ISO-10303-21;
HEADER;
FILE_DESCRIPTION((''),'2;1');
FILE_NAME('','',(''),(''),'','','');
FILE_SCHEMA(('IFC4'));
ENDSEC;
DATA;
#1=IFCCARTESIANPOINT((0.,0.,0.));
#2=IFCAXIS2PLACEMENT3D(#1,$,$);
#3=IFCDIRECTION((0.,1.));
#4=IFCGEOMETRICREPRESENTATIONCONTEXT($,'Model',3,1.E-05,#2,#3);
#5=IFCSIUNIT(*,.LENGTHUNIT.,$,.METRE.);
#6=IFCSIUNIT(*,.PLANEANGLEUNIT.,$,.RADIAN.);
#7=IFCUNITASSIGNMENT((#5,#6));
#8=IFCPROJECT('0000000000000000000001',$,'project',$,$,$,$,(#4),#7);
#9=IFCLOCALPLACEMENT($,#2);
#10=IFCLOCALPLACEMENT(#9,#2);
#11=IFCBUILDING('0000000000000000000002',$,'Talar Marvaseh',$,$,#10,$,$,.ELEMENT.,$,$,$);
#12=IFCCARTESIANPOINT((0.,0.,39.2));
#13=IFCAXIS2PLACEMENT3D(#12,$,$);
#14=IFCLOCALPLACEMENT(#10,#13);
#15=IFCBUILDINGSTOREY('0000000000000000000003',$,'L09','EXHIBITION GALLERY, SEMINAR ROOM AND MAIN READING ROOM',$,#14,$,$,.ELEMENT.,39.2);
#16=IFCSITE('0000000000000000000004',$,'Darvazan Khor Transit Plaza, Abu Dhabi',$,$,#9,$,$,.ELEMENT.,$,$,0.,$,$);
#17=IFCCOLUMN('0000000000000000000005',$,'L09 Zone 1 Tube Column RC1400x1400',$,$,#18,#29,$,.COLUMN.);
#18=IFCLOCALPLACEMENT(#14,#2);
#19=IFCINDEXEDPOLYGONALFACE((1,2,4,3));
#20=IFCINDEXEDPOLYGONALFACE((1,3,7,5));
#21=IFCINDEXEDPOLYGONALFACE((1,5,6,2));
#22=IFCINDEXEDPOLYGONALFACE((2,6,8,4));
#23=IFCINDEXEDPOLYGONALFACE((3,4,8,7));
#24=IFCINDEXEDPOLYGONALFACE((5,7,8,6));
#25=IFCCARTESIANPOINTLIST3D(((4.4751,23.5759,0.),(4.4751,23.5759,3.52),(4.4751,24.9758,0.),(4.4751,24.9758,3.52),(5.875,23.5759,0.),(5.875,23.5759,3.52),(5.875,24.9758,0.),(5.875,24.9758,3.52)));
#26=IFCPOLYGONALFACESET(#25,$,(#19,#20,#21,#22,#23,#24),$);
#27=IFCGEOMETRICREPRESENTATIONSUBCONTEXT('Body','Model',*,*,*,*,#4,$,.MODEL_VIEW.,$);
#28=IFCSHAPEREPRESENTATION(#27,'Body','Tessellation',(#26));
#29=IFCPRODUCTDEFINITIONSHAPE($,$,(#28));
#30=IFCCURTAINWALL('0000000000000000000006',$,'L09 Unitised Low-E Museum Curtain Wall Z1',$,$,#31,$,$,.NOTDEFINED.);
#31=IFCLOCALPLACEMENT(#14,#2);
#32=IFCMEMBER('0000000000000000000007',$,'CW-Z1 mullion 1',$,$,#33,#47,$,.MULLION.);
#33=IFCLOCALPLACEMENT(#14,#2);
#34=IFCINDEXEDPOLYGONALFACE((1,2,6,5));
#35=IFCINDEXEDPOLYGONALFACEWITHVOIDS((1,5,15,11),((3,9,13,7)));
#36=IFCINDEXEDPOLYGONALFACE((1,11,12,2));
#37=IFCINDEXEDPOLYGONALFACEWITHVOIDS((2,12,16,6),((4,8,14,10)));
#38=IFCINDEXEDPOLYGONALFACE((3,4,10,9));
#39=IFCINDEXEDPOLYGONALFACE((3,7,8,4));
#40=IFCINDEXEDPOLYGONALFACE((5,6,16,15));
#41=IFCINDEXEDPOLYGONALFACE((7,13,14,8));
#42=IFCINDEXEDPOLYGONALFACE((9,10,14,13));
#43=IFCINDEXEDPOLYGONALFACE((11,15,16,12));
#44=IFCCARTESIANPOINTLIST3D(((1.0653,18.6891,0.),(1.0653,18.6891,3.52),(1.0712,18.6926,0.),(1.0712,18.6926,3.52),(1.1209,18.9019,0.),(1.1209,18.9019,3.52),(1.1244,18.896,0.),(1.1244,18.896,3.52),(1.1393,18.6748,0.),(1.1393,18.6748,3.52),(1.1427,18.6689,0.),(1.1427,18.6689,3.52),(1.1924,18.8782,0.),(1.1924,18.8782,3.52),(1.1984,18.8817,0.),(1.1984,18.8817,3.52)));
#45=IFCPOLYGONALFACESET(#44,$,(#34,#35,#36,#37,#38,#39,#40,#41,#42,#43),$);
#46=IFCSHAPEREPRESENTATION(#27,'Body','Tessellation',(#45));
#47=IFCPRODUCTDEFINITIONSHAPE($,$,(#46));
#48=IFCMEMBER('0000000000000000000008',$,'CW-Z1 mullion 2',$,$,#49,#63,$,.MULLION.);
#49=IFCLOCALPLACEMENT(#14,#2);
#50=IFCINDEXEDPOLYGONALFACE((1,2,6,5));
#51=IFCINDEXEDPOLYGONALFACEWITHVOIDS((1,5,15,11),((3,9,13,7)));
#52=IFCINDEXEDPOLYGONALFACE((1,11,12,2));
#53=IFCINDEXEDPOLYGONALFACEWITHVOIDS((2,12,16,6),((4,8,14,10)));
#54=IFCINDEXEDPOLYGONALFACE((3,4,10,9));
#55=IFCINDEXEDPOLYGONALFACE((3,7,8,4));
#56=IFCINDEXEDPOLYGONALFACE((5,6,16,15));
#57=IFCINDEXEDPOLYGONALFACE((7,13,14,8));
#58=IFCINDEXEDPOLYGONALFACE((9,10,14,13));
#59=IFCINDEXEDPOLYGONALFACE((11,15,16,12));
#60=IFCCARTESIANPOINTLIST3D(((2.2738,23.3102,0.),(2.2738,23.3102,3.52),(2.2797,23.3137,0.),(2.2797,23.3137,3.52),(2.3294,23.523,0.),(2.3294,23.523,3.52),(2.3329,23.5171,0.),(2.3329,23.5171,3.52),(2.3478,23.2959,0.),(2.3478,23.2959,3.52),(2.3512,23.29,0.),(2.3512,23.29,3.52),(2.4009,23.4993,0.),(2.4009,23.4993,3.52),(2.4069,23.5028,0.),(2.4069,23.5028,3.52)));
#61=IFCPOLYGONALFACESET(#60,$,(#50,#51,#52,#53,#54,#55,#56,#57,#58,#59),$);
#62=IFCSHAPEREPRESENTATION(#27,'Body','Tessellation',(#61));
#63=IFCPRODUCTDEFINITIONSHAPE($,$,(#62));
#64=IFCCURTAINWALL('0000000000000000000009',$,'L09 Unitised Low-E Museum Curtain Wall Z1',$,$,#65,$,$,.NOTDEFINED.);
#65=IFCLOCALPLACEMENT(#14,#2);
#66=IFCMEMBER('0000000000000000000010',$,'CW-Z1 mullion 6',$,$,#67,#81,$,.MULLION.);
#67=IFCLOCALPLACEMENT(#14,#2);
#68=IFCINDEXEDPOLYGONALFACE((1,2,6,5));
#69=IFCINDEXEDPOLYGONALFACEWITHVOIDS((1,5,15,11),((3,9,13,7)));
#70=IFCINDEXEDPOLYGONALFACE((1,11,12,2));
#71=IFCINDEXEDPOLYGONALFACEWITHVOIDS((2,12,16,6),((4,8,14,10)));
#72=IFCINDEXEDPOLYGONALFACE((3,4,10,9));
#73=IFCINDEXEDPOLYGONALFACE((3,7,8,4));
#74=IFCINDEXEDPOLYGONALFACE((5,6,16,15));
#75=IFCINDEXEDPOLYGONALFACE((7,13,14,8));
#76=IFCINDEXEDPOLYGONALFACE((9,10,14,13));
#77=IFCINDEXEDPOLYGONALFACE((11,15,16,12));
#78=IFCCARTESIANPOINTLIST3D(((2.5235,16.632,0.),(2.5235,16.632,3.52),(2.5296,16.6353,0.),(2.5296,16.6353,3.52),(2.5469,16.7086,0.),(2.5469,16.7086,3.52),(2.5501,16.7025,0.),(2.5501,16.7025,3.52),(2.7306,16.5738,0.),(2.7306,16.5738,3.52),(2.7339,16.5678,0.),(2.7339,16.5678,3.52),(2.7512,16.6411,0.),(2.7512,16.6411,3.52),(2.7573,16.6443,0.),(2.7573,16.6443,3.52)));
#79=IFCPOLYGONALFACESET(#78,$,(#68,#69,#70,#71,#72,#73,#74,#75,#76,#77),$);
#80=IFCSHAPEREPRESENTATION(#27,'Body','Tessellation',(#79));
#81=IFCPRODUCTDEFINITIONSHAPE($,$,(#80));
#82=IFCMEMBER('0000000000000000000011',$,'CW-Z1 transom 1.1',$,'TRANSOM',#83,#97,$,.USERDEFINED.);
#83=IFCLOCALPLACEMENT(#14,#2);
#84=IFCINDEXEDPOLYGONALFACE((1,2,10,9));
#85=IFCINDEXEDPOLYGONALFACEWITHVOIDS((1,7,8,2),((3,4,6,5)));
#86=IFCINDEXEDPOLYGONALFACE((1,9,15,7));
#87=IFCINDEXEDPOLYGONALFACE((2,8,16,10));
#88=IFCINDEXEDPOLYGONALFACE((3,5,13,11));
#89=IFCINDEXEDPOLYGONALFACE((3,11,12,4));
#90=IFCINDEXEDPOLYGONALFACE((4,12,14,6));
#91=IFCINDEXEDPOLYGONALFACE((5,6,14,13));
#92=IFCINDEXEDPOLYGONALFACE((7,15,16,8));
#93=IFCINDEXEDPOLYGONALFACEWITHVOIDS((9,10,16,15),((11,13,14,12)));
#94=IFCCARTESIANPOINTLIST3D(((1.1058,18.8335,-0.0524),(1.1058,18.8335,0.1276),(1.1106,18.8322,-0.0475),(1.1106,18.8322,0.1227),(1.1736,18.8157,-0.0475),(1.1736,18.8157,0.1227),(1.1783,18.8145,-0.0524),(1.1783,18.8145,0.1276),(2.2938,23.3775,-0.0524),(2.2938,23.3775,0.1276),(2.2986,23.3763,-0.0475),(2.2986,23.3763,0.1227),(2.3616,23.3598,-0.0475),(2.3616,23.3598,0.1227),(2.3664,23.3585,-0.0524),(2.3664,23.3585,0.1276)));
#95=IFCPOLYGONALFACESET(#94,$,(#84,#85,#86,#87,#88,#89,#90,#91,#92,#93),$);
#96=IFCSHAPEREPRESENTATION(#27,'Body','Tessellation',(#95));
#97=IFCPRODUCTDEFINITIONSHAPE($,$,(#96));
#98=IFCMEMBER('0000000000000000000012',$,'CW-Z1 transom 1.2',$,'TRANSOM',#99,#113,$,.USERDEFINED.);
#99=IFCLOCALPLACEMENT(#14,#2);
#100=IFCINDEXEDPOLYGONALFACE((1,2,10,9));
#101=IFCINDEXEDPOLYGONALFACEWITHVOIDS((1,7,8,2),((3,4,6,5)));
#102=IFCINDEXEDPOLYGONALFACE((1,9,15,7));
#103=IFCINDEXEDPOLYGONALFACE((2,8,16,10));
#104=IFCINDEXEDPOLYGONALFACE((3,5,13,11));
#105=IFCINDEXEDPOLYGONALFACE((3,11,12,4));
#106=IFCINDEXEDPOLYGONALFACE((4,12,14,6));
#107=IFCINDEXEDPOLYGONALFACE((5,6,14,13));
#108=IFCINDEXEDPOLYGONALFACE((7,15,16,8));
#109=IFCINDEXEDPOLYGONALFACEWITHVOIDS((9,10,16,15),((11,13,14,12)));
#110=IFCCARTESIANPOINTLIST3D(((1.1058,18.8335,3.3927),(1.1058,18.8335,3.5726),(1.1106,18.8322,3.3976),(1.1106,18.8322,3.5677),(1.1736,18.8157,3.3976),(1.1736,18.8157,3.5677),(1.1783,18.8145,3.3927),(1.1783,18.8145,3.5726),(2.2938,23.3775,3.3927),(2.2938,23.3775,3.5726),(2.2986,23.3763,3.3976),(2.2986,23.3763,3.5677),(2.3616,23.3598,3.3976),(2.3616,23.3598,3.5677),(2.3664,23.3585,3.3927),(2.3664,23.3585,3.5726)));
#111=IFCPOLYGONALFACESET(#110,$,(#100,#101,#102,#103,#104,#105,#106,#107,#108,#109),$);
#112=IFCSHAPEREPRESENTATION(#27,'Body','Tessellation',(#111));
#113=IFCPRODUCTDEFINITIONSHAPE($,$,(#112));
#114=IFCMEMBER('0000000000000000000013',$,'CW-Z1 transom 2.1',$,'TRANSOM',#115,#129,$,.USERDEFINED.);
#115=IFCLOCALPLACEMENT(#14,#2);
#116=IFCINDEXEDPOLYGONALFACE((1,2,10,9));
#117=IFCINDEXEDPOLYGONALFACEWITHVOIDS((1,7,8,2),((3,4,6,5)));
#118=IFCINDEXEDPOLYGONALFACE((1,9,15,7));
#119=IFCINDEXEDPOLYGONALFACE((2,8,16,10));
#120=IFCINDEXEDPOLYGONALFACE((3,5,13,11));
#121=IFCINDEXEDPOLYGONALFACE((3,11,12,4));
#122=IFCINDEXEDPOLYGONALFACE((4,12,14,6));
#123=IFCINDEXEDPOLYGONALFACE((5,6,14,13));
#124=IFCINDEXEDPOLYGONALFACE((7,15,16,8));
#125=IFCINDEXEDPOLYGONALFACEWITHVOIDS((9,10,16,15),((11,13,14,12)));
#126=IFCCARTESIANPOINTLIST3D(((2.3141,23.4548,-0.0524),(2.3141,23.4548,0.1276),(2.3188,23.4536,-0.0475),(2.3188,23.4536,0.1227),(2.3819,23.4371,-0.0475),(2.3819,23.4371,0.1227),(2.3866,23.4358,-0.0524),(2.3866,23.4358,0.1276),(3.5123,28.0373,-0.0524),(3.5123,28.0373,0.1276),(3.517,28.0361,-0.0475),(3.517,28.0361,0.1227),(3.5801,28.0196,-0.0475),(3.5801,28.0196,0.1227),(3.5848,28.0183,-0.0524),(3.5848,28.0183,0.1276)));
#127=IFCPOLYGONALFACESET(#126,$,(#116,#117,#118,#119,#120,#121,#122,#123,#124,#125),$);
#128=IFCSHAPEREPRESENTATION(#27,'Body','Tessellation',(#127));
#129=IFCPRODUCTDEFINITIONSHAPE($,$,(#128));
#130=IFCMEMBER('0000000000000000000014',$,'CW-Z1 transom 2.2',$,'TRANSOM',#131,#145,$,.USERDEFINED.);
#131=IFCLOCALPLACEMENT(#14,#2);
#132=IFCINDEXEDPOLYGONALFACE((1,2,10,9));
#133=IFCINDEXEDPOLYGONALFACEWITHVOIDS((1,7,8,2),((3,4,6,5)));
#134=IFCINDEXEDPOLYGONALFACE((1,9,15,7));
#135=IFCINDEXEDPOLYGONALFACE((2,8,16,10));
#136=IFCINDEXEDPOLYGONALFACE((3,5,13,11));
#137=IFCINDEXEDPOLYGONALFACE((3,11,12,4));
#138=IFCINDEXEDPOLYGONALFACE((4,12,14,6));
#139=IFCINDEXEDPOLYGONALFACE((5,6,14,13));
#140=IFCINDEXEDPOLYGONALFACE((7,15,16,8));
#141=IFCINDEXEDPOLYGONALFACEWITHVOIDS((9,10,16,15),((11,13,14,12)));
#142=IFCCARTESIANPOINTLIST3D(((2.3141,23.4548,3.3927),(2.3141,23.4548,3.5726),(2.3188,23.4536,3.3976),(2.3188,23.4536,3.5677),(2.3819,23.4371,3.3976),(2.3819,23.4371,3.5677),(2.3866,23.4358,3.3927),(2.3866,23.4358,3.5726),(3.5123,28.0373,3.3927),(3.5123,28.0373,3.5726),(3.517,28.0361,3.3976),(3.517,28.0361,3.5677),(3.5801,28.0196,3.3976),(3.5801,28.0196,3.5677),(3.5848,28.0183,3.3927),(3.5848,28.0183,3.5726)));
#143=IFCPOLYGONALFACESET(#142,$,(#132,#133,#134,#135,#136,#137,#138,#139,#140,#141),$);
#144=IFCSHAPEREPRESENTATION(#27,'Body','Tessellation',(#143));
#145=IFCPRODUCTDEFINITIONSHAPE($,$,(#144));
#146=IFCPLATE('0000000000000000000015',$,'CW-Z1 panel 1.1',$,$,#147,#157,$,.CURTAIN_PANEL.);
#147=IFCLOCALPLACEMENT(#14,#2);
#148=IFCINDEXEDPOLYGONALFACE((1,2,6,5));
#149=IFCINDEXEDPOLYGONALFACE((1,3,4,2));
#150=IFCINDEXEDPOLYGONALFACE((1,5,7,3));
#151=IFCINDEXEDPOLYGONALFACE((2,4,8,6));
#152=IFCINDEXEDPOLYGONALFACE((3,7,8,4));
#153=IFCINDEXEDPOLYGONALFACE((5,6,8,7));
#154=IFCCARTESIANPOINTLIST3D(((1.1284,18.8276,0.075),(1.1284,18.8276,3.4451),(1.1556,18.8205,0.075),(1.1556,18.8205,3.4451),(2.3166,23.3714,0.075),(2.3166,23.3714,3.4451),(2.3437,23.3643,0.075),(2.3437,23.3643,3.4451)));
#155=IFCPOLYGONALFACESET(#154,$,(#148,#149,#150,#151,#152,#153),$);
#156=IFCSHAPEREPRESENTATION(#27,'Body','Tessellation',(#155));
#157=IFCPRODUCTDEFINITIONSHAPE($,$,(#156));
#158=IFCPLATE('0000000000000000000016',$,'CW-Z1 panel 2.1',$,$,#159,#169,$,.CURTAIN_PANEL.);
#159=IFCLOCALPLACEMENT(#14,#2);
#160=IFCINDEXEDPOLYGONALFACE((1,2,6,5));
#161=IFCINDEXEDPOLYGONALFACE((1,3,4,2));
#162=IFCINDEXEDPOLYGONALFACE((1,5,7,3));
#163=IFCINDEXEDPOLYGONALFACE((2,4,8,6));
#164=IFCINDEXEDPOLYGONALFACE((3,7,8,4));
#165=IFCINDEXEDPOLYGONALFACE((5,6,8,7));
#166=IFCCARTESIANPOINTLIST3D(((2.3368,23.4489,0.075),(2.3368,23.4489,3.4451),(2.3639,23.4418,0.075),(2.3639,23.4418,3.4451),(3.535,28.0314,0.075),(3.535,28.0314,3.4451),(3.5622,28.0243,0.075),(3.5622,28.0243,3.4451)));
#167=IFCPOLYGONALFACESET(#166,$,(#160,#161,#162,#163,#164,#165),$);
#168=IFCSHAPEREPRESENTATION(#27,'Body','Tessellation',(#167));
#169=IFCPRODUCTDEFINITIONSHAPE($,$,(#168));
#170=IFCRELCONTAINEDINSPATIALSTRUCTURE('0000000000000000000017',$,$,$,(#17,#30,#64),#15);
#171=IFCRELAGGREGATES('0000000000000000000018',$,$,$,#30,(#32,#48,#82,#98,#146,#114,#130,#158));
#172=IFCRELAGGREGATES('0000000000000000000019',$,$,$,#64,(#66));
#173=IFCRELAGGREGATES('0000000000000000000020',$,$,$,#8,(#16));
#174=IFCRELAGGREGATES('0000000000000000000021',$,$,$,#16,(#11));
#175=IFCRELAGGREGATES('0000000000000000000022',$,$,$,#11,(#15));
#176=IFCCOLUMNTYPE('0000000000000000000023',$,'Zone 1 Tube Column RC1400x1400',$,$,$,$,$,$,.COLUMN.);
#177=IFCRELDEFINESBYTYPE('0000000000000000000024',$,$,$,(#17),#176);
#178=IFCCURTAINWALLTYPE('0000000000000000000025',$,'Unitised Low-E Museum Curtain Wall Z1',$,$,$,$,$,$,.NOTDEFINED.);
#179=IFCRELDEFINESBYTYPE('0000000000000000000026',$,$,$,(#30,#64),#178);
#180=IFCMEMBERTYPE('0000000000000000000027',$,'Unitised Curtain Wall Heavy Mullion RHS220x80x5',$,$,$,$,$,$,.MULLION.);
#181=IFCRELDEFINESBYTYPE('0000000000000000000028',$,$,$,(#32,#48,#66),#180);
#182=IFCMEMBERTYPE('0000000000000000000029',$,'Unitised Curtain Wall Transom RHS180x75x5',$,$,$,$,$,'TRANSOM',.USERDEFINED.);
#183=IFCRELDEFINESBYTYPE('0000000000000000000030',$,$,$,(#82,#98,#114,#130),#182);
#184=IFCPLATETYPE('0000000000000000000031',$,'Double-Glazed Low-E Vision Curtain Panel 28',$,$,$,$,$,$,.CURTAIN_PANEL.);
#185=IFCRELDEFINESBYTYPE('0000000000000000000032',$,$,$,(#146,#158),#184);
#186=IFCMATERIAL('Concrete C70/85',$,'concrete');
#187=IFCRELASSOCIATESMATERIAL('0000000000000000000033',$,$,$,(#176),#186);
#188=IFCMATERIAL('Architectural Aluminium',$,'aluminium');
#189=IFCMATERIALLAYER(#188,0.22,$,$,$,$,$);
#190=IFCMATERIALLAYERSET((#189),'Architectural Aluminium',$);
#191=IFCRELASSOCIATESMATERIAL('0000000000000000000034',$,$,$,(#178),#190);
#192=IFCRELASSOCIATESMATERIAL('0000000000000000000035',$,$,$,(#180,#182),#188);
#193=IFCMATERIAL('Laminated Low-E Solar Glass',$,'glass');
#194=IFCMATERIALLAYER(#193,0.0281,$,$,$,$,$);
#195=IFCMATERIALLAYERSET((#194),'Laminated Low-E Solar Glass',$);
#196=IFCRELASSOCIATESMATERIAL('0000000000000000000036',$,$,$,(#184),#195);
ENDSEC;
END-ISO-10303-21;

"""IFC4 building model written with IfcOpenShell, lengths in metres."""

from ifc_helpers import new_model, si_unit, direction, frame, origin, origin_2d, place, context, subcontext, project, spatial, rectangle, hollow_rectangle, extrude, source, transform, mapped, material, layer, layer_set, material_profile, profile_set, type_object, type_shapes, element, aggregate, save


model = new_model("IFC4")

# Units and contexts
model_context = context("Model", 3, precision=1e-05, world=origin(), true_north=direction((0.0, 1.0)))
body_context = subcontext(model_context, "Body", "Model", "MODEL_VIEW")
ifc_project = project(units=[si_unit("LENGTHUNIT", "METRE"), si_unit("PLANEANGLEUNIT", "RADIAN")], contexts=[model_context])

# Site, building, storey
site_placement = place(None, origin())
site = spatial("IfcSite", under=ifc_project, at=site_placement, Name="Darvazan Khor Transit Plaza, Abu Dhabi", CompositionType="ELEMENT", RefElevation=0.0)
building_placement = place(site_placement, origin())
building = spatial("IfcBuilding", under=site, at=building_placement, Name="Talar Marvaseh", CompositionType="ELEMENT")
storey_placement = place(building_placement, frame((0.0, 0.0, 39.2)))
storey = spatial("IfcBuildingStorey", under=building, at=storey_placement, Name="L09", Description="EXHIBITION GALLERY, SEMINAR ROOM AND MAIN READING ROOM", CompositionType="ELEMENT", Elevation=39.2)

# Column
ifc_material_1 = material(Name="Concrete C70/85", Category="concrete")
ifc_material_profile_1 = material_profile(ifc_material_1, rectangle(XDim=1.3999, YDim=1.3999, at=origin_2d()), Name="RC1400x1400")
ifc_profile_set_1 = profile_set([ifc_material_profile_1], Name="Concrete C70/85")
column_type = type_object("IfcColumnType", Name="Zone 1 Tube Column RC1400x1400", PredefinedType="COLUMN", material=ifc_profile_set_1)
column_placement = place(storey_placement, frame((5.175, 24.2759, 0.0), z_axis=(0.0, 0.0, 1.0), x_axis=(1.0, 0.0, 0.0)))
element("IfcColumn", 1, at=column_placement, inside=storey, type_object=column_type, Name="L09 Zone 1 Tube Column RC1400x1400", PredefinedType="COLUMN", context=body_context, shape_type="SweptSolid", body=[
    extrude(rectangle(XDim=1.3999, YDim=1.3999, at=origin_2d()), origin(), (0.0, 0.0, 1.0), 3.52),
])

# Curtain wall, members
ifc_material_2 = material(Name="Architectural Aluminium", Category="aluminium")
ifc_layer_1 = layer(ifc_material_2, 0.22)
ifc_layer_set_1 = layer_set([ifc_layer_1], Name="Architectural Aluminium")
curtain_wall_type = type_object("IfcCurtainWallType", Name="Unitised Low-E Museum Curtain Wall Z1", PredefinedType="NOTDEFINED", material=ifc_layer_set_1)
curtain_wall_1_placement = place(storey_placement, origin())
curtain_wall_1 = element("IfcCurtainWall", 2, at=curtain_wall_1_placement, inside=storey, type_object=curtain_wall_type, Name="L09 Unitised Low-E Museum Curtain Wall Z1", PredefinedType="NOTDEFINED")
ifc_material_profile_2 = material_profile(ifc_material_2, hollow_rectangle(XDim=0.0801, YDim=0.22, WallThickness=0.0049, at=origin_2d()), Name="RHS220x80x5")
ifc_profile_set_2 = profile_set([ifc_material_profile_2], Name="Architectural Aluminium")
member_type_1 = type_object("IfcMemberType", Name="Unitised Curtain Wall Heavy Mullion RHS220x80x5", PredefinedType="MULLION", material=ifc_profile_set_2)
shared_shape_1 = source(origin(), body_context, "Body", "SweptSolid", [
    extrude(hollow_rectangle(XDim=0.0801, YDim=0.22, WallThickness=0.0049, at=origin_2d()), origin(), (0.0, 0.0, 1.0), 3.52),
])
type_shapes(member_type_1, [shared_shape_1])
member_1_placement = place(storey_placement, frame((1.1318, 18.7854, 0.0), z_axis=(0.0, 0.0, 1.0), x_axis=(-0.967472, 0.252979, 0.0)))
member_1 = element("IfcMember", 3, at=member_1_placement, type_object=member_type_1, Name="CW-Z1 mullion 1", PredefinedType="MULLION", context=body_context, shape_type="MappedRepresentation", body=[
    mapped(shared_shape_1, transform((0.0, 0.0, 0.0), x_axis=(1.0, 0.0, 0.0), y_axis=(0.0, 1.0, 0.0), z_axis=(0.0, 0.0, 1.0), scale=1.0)),
])
member_2_placement = place(storey_placement, frame((2.3403, 23.4065, 0.0), z_axis=(0.0, 0.0, 1.0), x_axis=(-0.967472, 0.252979, 0.0)))
member_2 = element("IfcMember", 4, at=member_2_placement, type_object=member_type_1, Name="CW-Z1 mullion 2", PredefinedType="MULLION", context=body_context, shape_type="MappedRepresentation", body=[
    mapped(shared_shape_1, transform((0.0, 0.0, 0.0), x_axis=(1.0, 0.0, 0.0), y_axis=(0.0, 1.0, 0.0), z_axis=(0.0, 0.0, 1.0), scale=1.0)),
])

# Curtain wall, member
curtain_wall_2_placement = place(storey_placement, origin())
curtain_wall_2 = element("IfcCurtainWall", 5, at=curtain_wall_2_placement, inside=storey, type_object=curtain_wall_type, Name="L09 Unitised Low-E Museum Curtain Wall Z1", PredefinedType="NOTDEFINED")
member_3_placement = place(storey_placement, frame((2.6404, 16.6382, 0.0), z_axis=(0.0, 0.0, 1.0), x_axis=(-0.292223, -0.95635, 0.0)))
member_3 = element("IfcMember", 6, at=member_3_placement, type_object=member_type_1, Name="CW-Z1 mullion 6", PredefinedType="MULLION", context=body_context, shape_type="MappedRepresentation", body=[
    mapped(shared_shape_1, transform((0.0, 0.0, 0.0), x_axis=(1.0, 0.0, 0.0), y_axis=(0.0, 1.0, 0.0), z_axis=(0.0, 0.0, 1.0), scale=1.0)),
])

# Members
ifc_material_profile_3 = material_profile(ifc_material_2, hollow_rectangle(XDim=0.075, YDim=0.1799, WallThickness=0.0049, at=origin_2d()), Name="RHS180x75x5")
ifc_profile_set_3 = profile_set([ifc_material_profile_3], Name="Architectural Aluminium")
member_type_2 = type_object("IfcMemberType", Name="Unitised Curtain Wall Transom RHS180x75x5", ElementType="TRANSOM", PredefinedType="USERDEFINED", material=ifc_profile_set_3)
shared_shape_2 = source(origin(), body_context, "Body", "SweptSolid", [
    extrude(hollow_rectangle(XDim=0.075, YDim=0.1799, WallThickness=0.0049, at=origin_2d()), origin(), (0.0, 0.0, 1.0), 4.6968),
])
member_4_placement = place(storey_placement, frame((1.1421, 18.824, 0.0376), z_axis=(0.252942, 0.967481, 0.0), x_axis=(-0.967481, 0.252942, 0.0)))
member_4 = element("IfcMember", 7, at=member_4_placement, type_object=member_type_2, Name="CW-Z1 transom 1.1", ObjectType="TRANSOM", PredefinedType="USERDEFINED", context=body_context, shape_type="MappedRepresentation", body=[
    mapped(shared_shape_2, transform((0.0, 0.0, 0.0), x_axis=(1.0, 0.0, 0.0), y_axis=(0.0, 1.0, 0.0), z_axis=(0.0, 0.0, 1.0), scale=1.0)),
])
member_5_placement = place(storey_placement, frame((1.1421, 18.824, 3.4827), z_axis=(0.252942, 0.967481, 0.0), x_axis=(-0.967481, 0.252942, 0.0)))
member_5 = element("IfcMember", 8, at=member_5_placement, type_object=member_type_2, Name="CW-Z1 transom 1.2", ObjectType="TRANSOM", PredefinedType="USERDEFINED", context=body_context, shape_type="MappedRepresentation", body=[
    mapped(shared_shape_2, transform((0.0, 0.0, 0.0), x_axis=(1.0, 0.0, 0.0), y_axis=(0.0, 1.0, 0.0), z_axis=(0.0, 0.0, 1.0), scale=1.0)),
])
shared_shape_3 = source(origin(), body_context, "Body", "SweptSolid", [
    extrude(hollow_rectangle(XDim=0.075, YDim=0.1799, WallThickness=0.0049, at=origin_2d()), origin(), (0.0, 0.0, 1.0), 4.7366),
])
type_shapes(member_type_2, [shared_shape_2, shared_shape_3])
member_6_placement = place(storey_placement, frame((2.3503, 23.4453, 0.0376), z_axis=(0.252976, 0.967473, 0.0), x_axis=(-0.967473, 0.252976, 0.0)))
member_6 = element("IfcMember", 9, at=member_6_placement, type_object=member_type_2, Name="CW-Z1 transom 2.1", ObjectType="TRANSOM", PredefinedType="USERDEFINED", context=body_context, shape_type="MappedRepresentation", body=[
    mapped(shared_shape_3, transform((0.0, 0.0, 0.0), x_axis=(1.0, 0.0, 0.0), y_axis=(0.0, 1.0, 0.0), z_axis=(0.0, 0.0, 1.0), scale=1.0)),
])
member_7_placement = place(storey_placement, frame((2.3503, 23.4453, 3.4827), z_axis=(0.252976, 0.967473, 0.0), x_axis=(-0.967473, 0.252976, 0.0)))
member_7 = element("IfcMember", 10, at=member_7_placement, type_object=member_type_2, Name="CW-Z1 transom 2.2", ObjectType="TRANSOM", PredefinedType="USERDEFINED", context=body_context, shape_type="MappedRepresentation", body=[
    mapped(shared_shape_3, transform((0.0, 0.0, 0.0), x_axis=(1.0, 0.0, 0.0), y_axis=(0.0, 1.0, 0.0), z_axis=(0.0, 0.0, 1.0), scale=1.0)),
])

# Plates
ifc_material_3 = material(Name="Laminated Low-E Solar Glass", Category="glass")
ifc_layer_2 = layer(ifc_material_3, 0.0281)
ifc_layer_set_2 = layer_set([ifc_layer_2], Name="Laminated Low-E Solar Glass")
plate_type = type_object("IfcPlateType", Name="Double-Glazed Low-E Vision Curtain Panel 28", PredefinedType="CURTAIN_PANEL", material=ifc_layer_set_2)
shared_shape_4 = source(origin(), body_context, "Body", "SweptSolid", [
    extrude(rectangle(XDim=4.6965, YDim=0.0281, at=origin_2d()), origin(), (0.0, 0.0, 1.0), 3.3701),
])
plate_1_placement = place(storey_placement, frame((1.7361, 21.0959, 0.075), z_axis=(0.0, 0.0, 1.0), x_axis=(0.252979, 0.967472, 0.0)))
plate_1 = element("IfcPlate", 11, at=plate_1_placement, type_object=plate_type, Name="CW-Z1 panel 1.1", PredefinedType="CURTAIN_PANEL", context=body_context, shape_type="MappedRepresentation", body=[
    mapped(shared_shape_4, transform((0.0, 0.0, 0.0), x_axis=(1.0, 0.0, 0.0), y_axis=(0.0, 1.0, 0.0), z_axis=(0.0, 0.0, 1.0), scale=1.0)),
])
shared_shape_5 = source(origin(), body_context, "Body", "SweptSolid", [
    extrude(rectangle(XDim=4.7366, YDim=0.0281, at=origin_2d()), origin(), (0.0, 0.0, 1.0), 3.3701),
])
plate_2_placement = place(storey_placement, frame((2.9495, 25.7366, 0.075), z_axis=(0.0, 0.0, 1.0), x_axis=(0.252979, 0.967472, 0.0)))
plate_2 = element("IfcPlate", 12, at=plate_2_placement, type_object=plate_type, Name="CW-Z1 panel 2.1", PredefinedType="CURTAIN_PANEL", context=body_context, shape_type="MappedRepresentation", body=[
    mapped(shared_shape_5, transform((0.0, 0.0, 0.0), x_axis=(1.0, 0.0, 0.0), y_axis=(0.0, 1.0, 0.0), z_axis=(0.0, 0.0, 1.0), scale=1.0)),
])
aggregate(curtain_wall_1, [member_1, member_2, member_4, member_5, plate_1, member_6, member_7, plate_2])
aggregate(curtain_wall_2, [member_3])

save(model, "model.ifc")
